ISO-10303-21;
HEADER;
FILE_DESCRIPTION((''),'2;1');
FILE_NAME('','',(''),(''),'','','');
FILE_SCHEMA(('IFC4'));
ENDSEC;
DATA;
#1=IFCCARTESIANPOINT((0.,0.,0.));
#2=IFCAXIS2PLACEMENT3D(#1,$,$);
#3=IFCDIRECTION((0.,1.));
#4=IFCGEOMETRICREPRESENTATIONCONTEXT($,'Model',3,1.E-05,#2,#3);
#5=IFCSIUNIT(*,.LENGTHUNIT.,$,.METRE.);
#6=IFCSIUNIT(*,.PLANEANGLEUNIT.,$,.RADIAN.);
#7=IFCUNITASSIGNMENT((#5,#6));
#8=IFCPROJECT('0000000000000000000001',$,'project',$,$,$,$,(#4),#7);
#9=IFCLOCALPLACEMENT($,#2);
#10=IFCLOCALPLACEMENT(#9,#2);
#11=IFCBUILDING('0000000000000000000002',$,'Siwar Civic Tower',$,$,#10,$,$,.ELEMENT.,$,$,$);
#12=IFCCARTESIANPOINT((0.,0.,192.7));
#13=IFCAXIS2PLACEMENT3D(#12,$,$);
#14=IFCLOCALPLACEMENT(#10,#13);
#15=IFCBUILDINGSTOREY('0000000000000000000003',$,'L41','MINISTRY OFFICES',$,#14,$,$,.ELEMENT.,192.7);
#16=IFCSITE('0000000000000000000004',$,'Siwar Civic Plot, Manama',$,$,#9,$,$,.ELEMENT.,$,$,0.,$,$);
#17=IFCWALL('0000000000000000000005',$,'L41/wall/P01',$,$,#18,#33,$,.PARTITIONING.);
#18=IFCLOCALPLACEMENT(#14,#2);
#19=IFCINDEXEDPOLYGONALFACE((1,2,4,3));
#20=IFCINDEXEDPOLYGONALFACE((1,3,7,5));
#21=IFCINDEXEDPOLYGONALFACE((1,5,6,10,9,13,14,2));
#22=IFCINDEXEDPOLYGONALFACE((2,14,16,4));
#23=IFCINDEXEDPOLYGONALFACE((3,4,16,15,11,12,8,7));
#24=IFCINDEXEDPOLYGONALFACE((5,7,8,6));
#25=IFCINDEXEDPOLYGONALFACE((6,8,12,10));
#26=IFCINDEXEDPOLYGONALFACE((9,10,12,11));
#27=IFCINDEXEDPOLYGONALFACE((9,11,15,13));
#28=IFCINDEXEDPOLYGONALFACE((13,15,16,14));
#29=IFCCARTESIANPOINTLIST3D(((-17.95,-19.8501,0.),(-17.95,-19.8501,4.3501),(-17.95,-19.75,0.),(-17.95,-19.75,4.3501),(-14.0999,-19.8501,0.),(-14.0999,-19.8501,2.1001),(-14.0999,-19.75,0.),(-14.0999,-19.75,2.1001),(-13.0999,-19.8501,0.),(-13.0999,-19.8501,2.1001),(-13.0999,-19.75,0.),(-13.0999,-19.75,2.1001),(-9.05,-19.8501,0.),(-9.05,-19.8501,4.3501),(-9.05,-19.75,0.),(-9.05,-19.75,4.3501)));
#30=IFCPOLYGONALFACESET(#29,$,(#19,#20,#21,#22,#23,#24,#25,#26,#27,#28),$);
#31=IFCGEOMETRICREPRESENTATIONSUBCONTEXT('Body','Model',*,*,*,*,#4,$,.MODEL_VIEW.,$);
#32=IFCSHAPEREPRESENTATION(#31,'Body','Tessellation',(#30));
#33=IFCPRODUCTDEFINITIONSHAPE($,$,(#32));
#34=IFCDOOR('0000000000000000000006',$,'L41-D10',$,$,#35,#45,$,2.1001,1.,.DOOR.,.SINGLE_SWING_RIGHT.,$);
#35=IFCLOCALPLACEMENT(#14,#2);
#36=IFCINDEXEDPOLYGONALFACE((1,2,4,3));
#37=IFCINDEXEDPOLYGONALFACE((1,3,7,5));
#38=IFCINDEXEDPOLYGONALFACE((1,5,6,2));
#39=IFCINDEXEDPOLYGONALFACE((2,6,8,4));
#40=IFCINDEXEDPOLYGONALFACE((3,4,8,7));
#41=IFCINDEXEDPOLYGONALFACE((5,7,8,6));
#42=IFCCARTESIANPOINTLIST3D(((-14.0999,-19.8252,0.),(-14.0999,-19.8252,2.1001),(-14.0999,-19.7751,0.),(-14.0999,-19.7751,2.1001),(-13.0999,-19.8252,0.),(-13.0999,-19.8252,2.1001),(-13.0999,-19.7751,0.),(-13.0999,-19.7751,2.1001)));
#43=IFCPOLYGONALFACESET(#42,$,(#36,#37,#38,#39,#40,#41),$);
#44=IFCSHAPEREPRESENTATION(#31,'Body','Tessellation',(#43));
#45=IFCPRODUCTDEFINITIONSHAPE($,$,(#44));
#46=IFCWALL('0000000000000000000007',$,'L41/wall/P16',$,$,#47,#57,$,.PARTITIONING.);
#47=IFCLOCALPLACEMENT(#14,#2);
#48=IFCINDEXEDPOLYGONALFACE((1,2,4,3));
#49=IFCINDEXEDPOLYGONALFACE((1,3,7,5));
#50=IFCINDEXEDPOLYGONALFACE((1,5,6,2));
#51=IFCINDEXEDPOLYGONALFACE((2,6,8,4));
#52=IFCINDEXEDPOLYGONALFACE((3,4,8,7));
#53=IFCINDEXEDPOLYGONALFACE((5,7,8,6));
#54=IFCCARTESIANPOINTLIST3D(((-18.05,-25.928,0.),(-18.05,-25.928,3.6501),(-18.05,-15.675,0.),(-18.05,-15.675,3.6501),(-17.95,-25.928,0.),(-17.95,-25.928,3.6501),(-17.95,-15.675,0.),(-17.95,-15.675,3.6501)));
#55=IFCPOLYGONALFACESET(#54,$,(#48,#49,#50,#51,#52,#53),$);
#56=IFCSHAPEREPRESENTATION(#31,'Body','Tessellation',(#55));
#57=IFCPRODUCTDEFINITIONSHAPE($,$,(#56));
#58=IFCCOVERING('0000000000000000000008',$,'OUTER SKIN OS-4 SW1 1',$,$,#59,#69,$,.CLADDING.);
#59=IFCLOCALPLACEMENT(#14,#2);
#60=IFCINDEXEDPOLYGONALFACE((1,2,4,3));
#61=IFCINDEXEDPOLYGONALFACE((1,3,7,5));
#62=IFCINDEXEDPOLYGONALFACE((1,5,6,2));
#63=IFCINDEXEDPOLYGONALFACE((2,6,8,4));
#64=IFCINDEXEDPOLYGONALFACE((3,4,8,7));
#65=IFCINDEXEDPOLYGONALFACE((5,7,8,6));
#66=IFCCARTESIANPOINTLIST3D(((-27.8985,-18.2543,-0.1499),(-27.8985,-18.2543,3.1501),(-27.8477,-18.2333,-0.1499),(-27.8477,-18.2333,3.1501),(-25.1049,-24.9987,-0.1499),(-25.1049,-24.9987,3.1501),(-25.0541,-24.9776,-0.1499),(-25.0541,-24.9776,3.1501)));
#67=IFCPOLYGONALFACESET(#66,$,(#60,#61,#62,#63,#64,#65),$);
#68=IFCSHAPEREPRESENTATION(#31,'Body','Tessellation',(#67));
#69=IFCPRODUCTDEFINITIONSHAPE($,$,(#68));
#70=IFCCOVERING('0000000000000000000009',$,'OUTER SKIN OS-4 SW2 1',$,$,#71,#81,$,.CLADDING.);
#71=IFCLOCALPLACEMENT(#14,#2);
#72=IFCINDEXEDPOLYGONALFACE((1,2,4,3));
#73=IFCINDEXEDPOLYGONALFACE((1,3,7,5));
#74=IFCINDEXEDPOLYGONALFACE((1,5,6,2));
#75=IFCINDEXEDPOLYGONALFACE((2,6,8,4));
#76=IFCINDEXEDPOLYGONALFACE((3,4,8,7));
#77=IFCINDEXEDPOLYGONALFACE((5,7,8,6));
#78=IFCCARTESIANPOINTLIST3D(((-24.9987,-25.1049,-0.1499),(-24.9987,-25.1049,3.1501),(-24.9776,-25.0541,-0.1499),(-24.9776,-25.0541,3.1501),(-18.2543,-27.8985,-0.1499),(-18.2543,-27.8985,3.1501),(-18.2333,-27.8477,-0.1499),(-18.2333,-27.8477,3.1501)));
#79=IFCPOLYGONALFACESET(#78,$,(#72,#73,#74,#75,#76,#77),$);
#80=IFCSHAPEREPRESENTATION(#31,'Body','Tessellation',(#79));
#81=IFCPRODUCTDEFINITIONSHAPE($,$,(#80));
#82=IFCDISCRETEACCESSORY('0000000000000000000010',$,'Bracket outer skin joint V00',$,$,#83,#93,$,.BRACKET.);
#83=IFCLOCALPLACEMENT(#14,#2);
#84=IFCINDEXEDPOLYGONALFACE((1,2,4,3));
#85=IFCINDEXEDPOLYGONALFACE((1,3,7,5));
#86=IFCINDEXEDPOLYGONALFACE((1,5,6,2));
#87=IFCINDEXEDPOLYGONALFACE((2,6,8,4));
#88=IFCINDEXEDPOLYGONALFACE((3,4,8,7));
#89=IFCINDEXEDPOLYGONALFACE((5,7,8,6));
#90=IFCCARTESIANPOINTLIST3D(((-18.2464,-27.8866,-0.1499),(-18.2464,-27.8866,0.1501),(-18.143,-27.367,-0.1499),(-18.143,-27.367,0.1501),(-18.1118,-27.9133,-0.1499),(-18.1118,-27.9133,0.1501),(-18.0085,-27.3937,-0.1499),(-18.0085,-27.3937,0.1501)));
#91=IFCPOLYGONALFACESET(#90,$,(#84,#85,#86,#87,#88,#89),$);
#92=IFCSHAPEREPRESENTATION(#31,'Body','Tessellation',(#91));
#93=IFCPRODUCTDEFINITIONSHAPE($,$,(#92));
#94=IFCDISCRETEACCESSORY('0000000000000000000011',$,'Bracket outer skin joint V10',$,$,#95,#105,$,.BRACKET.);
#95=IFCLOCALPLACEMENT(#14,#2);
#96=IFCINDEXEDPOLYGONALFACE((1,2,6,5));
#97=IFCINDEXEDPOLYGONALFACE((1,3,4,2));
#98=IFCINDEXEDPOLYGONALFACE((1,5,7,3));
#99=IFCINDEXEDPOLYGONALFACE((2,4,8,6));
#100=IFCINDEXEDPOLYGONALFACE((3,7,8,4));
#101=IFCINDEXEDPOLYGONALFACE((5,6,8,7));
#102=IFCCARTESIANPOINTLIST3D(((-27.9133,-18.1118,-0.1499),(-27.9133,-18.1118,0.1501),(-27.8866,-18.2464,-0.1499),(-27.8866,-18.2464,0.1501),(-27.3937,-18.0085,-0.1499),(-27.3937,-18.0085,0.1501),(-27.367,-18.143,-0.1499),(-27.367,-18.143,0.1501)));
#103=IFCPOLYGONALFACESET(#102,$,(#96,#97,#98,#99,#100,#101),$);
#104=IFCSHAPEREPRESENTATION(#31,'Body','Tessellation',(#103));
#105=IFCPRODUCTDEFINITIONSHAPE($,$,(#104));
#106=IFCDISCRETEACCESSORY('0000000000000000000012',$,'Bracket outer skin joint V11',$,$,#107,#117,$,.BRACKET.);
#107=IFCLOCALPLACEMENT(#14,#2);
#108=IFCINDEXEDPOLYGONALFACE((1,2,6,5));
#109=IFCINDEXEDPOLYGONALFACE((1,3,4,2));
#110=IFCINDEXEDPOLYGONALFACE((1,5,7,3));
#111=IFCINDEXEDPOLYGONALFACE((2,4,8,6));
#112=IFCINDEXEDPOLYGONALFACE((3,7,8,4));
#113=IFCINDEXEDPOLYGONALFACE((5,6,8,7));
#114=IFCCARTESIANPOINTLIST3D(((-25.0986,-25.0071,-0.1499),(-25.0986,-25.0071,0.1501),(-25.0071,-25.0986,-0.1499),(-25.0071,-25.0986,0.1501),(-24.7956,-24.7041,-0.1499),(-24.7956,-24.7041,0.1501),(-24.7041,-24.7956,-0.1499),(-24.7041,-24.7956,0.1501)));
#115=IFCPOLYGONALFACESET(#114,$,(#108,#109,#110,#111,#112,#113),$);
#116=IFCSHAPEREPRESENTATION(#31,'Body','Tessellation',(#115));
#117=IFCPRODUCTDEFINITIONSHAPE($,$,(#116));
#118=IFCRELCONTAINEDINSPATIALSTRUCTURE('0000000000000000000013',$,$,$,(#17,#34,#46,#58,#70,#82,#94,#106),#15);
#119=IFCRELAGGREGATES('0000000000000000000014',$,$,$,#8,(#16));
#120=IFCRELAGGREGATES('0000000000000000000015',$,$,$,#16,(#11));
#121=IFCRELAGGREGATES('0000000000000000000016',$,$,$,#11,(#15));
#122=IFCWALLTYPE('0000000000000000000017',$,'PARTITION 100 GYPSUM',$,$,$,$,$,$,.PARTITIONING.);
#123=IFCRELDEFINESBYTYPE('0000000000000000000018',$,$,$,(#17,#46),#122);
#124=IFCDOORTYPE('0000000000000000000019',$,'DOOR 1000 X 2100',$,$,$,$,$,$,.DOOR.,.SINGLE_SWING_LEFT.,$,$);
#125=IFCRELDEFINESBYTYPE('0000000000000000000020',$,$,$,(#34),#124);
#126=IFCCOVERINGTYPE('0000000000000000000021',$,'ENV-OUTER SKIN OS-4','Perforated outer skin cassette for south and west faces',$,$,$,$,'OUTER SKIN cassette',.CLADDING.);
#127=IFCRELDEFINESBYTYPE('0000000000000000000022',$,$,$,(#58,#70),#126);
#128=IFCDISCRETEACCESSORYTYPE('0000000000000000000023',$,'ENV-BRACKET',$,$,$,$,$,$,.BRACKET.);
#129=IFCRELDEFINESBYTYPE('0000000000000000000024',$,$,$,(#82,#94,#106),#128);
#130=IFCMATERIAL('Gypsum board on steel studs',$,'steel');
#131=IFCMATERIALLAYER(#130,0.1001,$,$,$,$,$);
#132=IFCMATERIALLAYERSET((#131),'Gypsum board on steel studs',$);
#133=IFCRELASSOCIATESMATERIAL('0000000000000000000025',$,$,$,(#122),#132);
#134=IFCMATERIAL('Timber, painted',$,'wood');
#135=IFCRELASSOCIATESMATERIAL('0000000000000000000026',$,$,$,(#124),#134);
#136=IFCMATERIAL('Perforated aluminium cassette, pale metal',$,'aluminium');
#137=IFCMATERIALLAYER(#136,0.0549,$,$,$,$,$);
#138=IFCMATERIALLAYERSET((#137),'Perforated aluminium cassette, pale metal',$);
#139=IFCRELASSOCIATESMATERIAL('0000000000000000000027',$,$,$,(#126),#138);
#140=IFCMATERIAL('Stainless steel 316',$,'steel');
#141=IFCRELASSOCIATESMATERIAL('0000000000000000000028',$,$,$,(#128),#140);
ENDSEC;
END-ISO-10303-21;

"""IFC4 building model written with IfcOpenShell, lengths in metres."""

from ifc_helpers import new_model, si_unit, direction, frame, frame_2d, origin, origin_2d, place, context, subcontext, project, spatial, rectangle, extrude, material, layer, layer_set, type_object, element, fill, save


model = new_model("IFC4")

# Units and contexts
model_context = context("Model", 3, precision=1e-05, world=origin(), true_north=direction((0.0, 1.0)))
body_context = subcontext(model_context, "Body", "Model", "MODEL_VIEW")
ifc_project = project(units=[si_unit("LENGTHUNIT", "METRE"), si_unit("PLANEANGLEUNIT", "RADIAN")], contexts=[model_context])

# Site, building, storey
site_placement = place(None, origin())
site = spatial("IfcSite", under=ifc_project, at=site_placement, Name="Siwar Civic Plot, Manama", CompositionType="ELEMENT", RefElevation=0.0)
building_placement = place(site_placement, origin())
building = spatial("IfcBuilding", under=site, at=building_placement, Name="Siwar Civic Tower", CompositionType="ELEMENT")
storey_placement = place(building_placement, frame((0.0, 0.0, 192.7)))
storey = spatial("IfcBuildingStorey", under=building, at=storey_placement, Name="L41", Description="MINISTRY OFFICES", CompositionType="ELEMENT", Elevation=192.7)

# Wall, opening, door
ifc_material_1 = material(Name="Gypsum board on steel studs", Category="steel")
ifc_layer_1 = layer(ifc_material_1, 0.1001)
ifc_layer_set_1 = layer_set([ifc_layer_1], Name="Gypsum board on steel studs")
wall_type = type_object("IfcWallType", Name="PARTITION 100 GYPSUM", PredefinedType="PARTITIONING", material=ifc_layer_set_1)
wall_1_placement = place(storey_placement, frame((-17.95, -19.8, 0.0), z_axis=(0.0, 0.0, 1.0), x_axis=(1.0, 0.0, 0.0)))
wall_1 = element("IfcWall", 1, at=wall_1_placement, inside=storey, type_object=wall_type, Name="L41/wall/P01", PredefinedType="PARTITIONING", context=body_context, shape_type="SweptSolid", body=[
    extrude(rectangle(XDim=8.8999, YDim=0.1001, at=frame_2d((4.45, 0.0))), origin(), (0.0, 0.0, 1.0), 4.3501),
])
opening_placement = place(wall_1_placement, frame((3.8501, 0.0, 0.0)))
opening = element("IfcOpeningElement", 2, at=opening_placement, cuts=wall_1, PredefinedType="OPENING", context=body_context, shape_type="SweptSolid", body=[
    extrude(rectangle(XDim=1.0, YDim=2.1001, at=frame_2d((0.5, 1.05))), frame((0.0, 0.0601, 0.0), z_axis=(0.0, -1.0, 0.0), x_axis=(1.0, 0.0, 0.0)), (0.0, 0.0, 1.0), 0.1201),
])
ifc_material_2 = material(Name="Timber, painted", Category="wood")
door_type = type_object("IfcDoorType", Name="DOOR 1000 X 2100", OperationType="SINGLE_SWING_LEFT", PredefinedType="DOOR", material=ifc_material_2)
door_placement = place(opening_placement, origin())
door = element("IfcDoor", 3, at=door_placement, inside=storey, type_object=door_type, Name="L41-D10", OperationType="SINGLE_SWING_RIGHT", OverallHeight=2.1001, OverallWidth=1.0, PredefinedType="DOOR", context=body_context, shape_type="SweptSolid", body=[
    extrude(rectangle(XDim=1.0, YDim=2.1001, at=frame_2d((0.5, 1.05))), frame((0.0, 0.0249, 0.0), z_axis=(0.0, -1.0, 0.0), x_axis=(1.0, 0.0, 0.0)), (0.0, 0.0, 1.0), 0.05),
])
fill(opening, door)

# Wall
wall_2_placement = place(storey_placement, frame((-18.0, -25.928, 0.0), z_axis=(0.0, 0.0, 1.0), x_axis=(0.0, 1.0, 0.0)))
element("IfcWall", 4, at=wall_2_placement, inside=storey, type_object=wall_type, Name="L41/wall/P16", PredefinedType="PARTITIONING", context=body_context, shape_type="SweptSolid", body=[
    extrude(rectangle(XDim=10.2529, YDim=0.1001, at=frame_2d((5.1265, 0.0))), origin(), (0.0, 0.0, 1.0), 3.6501),
])

# Coverings
ifc_material_3 = material(Name="Perforated aluminium cassette, pale metal", Category="aluminium")
ifc_layer_2 = layer(ifc_material_3, 0.0549)
ifc_layer_set_2 = layer_set([ifc_layer_2], Name="Perforated aluminium cassette, pale metal")
covering_type = type_object("IfcCoveringType", Name="ENV-OUTER SKIN OS-4", Description="Perforated outer skin cassette for south and west faces", ElementType="OUTER SKIN cassette", PredefinedType="CLADDING", material=ifc_layer_set_2)
for number, where, z_axis, x_axis, name in (
    (5, (-26.4763, -21.616, -0.1499), (0.0, 0.0, 1.0), (0.382683, -0.92388, 0.0), "OUTER SKIN OS-4 SW1 1"),
    (6, (-21.616, -26.4763, -0.1499), (0.0, 0.0, 1.0), (0.92388, -0.382683, 0.0), "OUTER SKIN OS-4 SW2 1"),
):
    element("IfcCovering", number, at=place(storey_placement, frame(where, z_axis=z_axis, x_axis=x_axis)), inside=storey, type_object=covering_type, Name=name, PredefinedType="CLADDING", context=body_context, shape_type="SweptSolid", body=[
        extrude(rectangle(XDim=7.3, YDim=0.0549, at=origin_2d()), origin(), (0.0, 0.0, 1.0), 3.3),
    ])

# Discrete accessories
ifc_material_4 = material(Name="Stainless steel 316", Category="steel")
discrete_accessory_type = type_object("IfcDiscreteAccessoryType", Name="ENV-BRACKET", PredefinedType="BRACKET", material=ifc_material_4)
for number, where, z_axis, x_axis, name in (
    (7, (-18.1274, -27.6401, -0.1499), (0.0, 0.0, 1.0), (-0.19509, -0.980785, 0.0), "Bracket outer skin joint V00"),
    (8, (-27.6401, -18.1274, -0.1499), (0.0, 0.0, 1.0), (-0.980785, -0.19509, 0.0), "Bracket outer skin joint V10"),
):
    element("IfcDiscreteAccessory", number, at=place(storey_placement, frame(where, z_axis=z_axis, x_axis=x_axis)), inside=storey, type_object=discrete_accessory_type, Name=name, PredefinedType="BRACKET", context=body_context, shape_type="SweptSolid", body=[
        extrude(rectangle(XDim=0.5298, YDim=0.1372, at=origin_2d()), origin(), (0.0, 0.0, 1.0), 0.3),
    ])
discrete_accessory_placement = place(storey_placement, frame((-24.9014, -24.9014, -0.1499), z_axis=(0.0, 0.0, 1.0), x_axis=(-0.707107, -0.707107, 0.0)))
element("IfcDiscreteAccessory", 9, at=discrete_accessory_placement, inside=storey, type_object=discrete_accessory_type, Name="Bracket outer skin joint V11", PredefinedType="BRACKET", context=body_context, shape_type="SweptSolid", body=[
    extrude(rectangle(XDim=0.4285, YDim=0.1294, at=origin_2d()), origin(), (0.0, 0.0, 1.0), 0.3),
])

save(model, "model.ifc")
